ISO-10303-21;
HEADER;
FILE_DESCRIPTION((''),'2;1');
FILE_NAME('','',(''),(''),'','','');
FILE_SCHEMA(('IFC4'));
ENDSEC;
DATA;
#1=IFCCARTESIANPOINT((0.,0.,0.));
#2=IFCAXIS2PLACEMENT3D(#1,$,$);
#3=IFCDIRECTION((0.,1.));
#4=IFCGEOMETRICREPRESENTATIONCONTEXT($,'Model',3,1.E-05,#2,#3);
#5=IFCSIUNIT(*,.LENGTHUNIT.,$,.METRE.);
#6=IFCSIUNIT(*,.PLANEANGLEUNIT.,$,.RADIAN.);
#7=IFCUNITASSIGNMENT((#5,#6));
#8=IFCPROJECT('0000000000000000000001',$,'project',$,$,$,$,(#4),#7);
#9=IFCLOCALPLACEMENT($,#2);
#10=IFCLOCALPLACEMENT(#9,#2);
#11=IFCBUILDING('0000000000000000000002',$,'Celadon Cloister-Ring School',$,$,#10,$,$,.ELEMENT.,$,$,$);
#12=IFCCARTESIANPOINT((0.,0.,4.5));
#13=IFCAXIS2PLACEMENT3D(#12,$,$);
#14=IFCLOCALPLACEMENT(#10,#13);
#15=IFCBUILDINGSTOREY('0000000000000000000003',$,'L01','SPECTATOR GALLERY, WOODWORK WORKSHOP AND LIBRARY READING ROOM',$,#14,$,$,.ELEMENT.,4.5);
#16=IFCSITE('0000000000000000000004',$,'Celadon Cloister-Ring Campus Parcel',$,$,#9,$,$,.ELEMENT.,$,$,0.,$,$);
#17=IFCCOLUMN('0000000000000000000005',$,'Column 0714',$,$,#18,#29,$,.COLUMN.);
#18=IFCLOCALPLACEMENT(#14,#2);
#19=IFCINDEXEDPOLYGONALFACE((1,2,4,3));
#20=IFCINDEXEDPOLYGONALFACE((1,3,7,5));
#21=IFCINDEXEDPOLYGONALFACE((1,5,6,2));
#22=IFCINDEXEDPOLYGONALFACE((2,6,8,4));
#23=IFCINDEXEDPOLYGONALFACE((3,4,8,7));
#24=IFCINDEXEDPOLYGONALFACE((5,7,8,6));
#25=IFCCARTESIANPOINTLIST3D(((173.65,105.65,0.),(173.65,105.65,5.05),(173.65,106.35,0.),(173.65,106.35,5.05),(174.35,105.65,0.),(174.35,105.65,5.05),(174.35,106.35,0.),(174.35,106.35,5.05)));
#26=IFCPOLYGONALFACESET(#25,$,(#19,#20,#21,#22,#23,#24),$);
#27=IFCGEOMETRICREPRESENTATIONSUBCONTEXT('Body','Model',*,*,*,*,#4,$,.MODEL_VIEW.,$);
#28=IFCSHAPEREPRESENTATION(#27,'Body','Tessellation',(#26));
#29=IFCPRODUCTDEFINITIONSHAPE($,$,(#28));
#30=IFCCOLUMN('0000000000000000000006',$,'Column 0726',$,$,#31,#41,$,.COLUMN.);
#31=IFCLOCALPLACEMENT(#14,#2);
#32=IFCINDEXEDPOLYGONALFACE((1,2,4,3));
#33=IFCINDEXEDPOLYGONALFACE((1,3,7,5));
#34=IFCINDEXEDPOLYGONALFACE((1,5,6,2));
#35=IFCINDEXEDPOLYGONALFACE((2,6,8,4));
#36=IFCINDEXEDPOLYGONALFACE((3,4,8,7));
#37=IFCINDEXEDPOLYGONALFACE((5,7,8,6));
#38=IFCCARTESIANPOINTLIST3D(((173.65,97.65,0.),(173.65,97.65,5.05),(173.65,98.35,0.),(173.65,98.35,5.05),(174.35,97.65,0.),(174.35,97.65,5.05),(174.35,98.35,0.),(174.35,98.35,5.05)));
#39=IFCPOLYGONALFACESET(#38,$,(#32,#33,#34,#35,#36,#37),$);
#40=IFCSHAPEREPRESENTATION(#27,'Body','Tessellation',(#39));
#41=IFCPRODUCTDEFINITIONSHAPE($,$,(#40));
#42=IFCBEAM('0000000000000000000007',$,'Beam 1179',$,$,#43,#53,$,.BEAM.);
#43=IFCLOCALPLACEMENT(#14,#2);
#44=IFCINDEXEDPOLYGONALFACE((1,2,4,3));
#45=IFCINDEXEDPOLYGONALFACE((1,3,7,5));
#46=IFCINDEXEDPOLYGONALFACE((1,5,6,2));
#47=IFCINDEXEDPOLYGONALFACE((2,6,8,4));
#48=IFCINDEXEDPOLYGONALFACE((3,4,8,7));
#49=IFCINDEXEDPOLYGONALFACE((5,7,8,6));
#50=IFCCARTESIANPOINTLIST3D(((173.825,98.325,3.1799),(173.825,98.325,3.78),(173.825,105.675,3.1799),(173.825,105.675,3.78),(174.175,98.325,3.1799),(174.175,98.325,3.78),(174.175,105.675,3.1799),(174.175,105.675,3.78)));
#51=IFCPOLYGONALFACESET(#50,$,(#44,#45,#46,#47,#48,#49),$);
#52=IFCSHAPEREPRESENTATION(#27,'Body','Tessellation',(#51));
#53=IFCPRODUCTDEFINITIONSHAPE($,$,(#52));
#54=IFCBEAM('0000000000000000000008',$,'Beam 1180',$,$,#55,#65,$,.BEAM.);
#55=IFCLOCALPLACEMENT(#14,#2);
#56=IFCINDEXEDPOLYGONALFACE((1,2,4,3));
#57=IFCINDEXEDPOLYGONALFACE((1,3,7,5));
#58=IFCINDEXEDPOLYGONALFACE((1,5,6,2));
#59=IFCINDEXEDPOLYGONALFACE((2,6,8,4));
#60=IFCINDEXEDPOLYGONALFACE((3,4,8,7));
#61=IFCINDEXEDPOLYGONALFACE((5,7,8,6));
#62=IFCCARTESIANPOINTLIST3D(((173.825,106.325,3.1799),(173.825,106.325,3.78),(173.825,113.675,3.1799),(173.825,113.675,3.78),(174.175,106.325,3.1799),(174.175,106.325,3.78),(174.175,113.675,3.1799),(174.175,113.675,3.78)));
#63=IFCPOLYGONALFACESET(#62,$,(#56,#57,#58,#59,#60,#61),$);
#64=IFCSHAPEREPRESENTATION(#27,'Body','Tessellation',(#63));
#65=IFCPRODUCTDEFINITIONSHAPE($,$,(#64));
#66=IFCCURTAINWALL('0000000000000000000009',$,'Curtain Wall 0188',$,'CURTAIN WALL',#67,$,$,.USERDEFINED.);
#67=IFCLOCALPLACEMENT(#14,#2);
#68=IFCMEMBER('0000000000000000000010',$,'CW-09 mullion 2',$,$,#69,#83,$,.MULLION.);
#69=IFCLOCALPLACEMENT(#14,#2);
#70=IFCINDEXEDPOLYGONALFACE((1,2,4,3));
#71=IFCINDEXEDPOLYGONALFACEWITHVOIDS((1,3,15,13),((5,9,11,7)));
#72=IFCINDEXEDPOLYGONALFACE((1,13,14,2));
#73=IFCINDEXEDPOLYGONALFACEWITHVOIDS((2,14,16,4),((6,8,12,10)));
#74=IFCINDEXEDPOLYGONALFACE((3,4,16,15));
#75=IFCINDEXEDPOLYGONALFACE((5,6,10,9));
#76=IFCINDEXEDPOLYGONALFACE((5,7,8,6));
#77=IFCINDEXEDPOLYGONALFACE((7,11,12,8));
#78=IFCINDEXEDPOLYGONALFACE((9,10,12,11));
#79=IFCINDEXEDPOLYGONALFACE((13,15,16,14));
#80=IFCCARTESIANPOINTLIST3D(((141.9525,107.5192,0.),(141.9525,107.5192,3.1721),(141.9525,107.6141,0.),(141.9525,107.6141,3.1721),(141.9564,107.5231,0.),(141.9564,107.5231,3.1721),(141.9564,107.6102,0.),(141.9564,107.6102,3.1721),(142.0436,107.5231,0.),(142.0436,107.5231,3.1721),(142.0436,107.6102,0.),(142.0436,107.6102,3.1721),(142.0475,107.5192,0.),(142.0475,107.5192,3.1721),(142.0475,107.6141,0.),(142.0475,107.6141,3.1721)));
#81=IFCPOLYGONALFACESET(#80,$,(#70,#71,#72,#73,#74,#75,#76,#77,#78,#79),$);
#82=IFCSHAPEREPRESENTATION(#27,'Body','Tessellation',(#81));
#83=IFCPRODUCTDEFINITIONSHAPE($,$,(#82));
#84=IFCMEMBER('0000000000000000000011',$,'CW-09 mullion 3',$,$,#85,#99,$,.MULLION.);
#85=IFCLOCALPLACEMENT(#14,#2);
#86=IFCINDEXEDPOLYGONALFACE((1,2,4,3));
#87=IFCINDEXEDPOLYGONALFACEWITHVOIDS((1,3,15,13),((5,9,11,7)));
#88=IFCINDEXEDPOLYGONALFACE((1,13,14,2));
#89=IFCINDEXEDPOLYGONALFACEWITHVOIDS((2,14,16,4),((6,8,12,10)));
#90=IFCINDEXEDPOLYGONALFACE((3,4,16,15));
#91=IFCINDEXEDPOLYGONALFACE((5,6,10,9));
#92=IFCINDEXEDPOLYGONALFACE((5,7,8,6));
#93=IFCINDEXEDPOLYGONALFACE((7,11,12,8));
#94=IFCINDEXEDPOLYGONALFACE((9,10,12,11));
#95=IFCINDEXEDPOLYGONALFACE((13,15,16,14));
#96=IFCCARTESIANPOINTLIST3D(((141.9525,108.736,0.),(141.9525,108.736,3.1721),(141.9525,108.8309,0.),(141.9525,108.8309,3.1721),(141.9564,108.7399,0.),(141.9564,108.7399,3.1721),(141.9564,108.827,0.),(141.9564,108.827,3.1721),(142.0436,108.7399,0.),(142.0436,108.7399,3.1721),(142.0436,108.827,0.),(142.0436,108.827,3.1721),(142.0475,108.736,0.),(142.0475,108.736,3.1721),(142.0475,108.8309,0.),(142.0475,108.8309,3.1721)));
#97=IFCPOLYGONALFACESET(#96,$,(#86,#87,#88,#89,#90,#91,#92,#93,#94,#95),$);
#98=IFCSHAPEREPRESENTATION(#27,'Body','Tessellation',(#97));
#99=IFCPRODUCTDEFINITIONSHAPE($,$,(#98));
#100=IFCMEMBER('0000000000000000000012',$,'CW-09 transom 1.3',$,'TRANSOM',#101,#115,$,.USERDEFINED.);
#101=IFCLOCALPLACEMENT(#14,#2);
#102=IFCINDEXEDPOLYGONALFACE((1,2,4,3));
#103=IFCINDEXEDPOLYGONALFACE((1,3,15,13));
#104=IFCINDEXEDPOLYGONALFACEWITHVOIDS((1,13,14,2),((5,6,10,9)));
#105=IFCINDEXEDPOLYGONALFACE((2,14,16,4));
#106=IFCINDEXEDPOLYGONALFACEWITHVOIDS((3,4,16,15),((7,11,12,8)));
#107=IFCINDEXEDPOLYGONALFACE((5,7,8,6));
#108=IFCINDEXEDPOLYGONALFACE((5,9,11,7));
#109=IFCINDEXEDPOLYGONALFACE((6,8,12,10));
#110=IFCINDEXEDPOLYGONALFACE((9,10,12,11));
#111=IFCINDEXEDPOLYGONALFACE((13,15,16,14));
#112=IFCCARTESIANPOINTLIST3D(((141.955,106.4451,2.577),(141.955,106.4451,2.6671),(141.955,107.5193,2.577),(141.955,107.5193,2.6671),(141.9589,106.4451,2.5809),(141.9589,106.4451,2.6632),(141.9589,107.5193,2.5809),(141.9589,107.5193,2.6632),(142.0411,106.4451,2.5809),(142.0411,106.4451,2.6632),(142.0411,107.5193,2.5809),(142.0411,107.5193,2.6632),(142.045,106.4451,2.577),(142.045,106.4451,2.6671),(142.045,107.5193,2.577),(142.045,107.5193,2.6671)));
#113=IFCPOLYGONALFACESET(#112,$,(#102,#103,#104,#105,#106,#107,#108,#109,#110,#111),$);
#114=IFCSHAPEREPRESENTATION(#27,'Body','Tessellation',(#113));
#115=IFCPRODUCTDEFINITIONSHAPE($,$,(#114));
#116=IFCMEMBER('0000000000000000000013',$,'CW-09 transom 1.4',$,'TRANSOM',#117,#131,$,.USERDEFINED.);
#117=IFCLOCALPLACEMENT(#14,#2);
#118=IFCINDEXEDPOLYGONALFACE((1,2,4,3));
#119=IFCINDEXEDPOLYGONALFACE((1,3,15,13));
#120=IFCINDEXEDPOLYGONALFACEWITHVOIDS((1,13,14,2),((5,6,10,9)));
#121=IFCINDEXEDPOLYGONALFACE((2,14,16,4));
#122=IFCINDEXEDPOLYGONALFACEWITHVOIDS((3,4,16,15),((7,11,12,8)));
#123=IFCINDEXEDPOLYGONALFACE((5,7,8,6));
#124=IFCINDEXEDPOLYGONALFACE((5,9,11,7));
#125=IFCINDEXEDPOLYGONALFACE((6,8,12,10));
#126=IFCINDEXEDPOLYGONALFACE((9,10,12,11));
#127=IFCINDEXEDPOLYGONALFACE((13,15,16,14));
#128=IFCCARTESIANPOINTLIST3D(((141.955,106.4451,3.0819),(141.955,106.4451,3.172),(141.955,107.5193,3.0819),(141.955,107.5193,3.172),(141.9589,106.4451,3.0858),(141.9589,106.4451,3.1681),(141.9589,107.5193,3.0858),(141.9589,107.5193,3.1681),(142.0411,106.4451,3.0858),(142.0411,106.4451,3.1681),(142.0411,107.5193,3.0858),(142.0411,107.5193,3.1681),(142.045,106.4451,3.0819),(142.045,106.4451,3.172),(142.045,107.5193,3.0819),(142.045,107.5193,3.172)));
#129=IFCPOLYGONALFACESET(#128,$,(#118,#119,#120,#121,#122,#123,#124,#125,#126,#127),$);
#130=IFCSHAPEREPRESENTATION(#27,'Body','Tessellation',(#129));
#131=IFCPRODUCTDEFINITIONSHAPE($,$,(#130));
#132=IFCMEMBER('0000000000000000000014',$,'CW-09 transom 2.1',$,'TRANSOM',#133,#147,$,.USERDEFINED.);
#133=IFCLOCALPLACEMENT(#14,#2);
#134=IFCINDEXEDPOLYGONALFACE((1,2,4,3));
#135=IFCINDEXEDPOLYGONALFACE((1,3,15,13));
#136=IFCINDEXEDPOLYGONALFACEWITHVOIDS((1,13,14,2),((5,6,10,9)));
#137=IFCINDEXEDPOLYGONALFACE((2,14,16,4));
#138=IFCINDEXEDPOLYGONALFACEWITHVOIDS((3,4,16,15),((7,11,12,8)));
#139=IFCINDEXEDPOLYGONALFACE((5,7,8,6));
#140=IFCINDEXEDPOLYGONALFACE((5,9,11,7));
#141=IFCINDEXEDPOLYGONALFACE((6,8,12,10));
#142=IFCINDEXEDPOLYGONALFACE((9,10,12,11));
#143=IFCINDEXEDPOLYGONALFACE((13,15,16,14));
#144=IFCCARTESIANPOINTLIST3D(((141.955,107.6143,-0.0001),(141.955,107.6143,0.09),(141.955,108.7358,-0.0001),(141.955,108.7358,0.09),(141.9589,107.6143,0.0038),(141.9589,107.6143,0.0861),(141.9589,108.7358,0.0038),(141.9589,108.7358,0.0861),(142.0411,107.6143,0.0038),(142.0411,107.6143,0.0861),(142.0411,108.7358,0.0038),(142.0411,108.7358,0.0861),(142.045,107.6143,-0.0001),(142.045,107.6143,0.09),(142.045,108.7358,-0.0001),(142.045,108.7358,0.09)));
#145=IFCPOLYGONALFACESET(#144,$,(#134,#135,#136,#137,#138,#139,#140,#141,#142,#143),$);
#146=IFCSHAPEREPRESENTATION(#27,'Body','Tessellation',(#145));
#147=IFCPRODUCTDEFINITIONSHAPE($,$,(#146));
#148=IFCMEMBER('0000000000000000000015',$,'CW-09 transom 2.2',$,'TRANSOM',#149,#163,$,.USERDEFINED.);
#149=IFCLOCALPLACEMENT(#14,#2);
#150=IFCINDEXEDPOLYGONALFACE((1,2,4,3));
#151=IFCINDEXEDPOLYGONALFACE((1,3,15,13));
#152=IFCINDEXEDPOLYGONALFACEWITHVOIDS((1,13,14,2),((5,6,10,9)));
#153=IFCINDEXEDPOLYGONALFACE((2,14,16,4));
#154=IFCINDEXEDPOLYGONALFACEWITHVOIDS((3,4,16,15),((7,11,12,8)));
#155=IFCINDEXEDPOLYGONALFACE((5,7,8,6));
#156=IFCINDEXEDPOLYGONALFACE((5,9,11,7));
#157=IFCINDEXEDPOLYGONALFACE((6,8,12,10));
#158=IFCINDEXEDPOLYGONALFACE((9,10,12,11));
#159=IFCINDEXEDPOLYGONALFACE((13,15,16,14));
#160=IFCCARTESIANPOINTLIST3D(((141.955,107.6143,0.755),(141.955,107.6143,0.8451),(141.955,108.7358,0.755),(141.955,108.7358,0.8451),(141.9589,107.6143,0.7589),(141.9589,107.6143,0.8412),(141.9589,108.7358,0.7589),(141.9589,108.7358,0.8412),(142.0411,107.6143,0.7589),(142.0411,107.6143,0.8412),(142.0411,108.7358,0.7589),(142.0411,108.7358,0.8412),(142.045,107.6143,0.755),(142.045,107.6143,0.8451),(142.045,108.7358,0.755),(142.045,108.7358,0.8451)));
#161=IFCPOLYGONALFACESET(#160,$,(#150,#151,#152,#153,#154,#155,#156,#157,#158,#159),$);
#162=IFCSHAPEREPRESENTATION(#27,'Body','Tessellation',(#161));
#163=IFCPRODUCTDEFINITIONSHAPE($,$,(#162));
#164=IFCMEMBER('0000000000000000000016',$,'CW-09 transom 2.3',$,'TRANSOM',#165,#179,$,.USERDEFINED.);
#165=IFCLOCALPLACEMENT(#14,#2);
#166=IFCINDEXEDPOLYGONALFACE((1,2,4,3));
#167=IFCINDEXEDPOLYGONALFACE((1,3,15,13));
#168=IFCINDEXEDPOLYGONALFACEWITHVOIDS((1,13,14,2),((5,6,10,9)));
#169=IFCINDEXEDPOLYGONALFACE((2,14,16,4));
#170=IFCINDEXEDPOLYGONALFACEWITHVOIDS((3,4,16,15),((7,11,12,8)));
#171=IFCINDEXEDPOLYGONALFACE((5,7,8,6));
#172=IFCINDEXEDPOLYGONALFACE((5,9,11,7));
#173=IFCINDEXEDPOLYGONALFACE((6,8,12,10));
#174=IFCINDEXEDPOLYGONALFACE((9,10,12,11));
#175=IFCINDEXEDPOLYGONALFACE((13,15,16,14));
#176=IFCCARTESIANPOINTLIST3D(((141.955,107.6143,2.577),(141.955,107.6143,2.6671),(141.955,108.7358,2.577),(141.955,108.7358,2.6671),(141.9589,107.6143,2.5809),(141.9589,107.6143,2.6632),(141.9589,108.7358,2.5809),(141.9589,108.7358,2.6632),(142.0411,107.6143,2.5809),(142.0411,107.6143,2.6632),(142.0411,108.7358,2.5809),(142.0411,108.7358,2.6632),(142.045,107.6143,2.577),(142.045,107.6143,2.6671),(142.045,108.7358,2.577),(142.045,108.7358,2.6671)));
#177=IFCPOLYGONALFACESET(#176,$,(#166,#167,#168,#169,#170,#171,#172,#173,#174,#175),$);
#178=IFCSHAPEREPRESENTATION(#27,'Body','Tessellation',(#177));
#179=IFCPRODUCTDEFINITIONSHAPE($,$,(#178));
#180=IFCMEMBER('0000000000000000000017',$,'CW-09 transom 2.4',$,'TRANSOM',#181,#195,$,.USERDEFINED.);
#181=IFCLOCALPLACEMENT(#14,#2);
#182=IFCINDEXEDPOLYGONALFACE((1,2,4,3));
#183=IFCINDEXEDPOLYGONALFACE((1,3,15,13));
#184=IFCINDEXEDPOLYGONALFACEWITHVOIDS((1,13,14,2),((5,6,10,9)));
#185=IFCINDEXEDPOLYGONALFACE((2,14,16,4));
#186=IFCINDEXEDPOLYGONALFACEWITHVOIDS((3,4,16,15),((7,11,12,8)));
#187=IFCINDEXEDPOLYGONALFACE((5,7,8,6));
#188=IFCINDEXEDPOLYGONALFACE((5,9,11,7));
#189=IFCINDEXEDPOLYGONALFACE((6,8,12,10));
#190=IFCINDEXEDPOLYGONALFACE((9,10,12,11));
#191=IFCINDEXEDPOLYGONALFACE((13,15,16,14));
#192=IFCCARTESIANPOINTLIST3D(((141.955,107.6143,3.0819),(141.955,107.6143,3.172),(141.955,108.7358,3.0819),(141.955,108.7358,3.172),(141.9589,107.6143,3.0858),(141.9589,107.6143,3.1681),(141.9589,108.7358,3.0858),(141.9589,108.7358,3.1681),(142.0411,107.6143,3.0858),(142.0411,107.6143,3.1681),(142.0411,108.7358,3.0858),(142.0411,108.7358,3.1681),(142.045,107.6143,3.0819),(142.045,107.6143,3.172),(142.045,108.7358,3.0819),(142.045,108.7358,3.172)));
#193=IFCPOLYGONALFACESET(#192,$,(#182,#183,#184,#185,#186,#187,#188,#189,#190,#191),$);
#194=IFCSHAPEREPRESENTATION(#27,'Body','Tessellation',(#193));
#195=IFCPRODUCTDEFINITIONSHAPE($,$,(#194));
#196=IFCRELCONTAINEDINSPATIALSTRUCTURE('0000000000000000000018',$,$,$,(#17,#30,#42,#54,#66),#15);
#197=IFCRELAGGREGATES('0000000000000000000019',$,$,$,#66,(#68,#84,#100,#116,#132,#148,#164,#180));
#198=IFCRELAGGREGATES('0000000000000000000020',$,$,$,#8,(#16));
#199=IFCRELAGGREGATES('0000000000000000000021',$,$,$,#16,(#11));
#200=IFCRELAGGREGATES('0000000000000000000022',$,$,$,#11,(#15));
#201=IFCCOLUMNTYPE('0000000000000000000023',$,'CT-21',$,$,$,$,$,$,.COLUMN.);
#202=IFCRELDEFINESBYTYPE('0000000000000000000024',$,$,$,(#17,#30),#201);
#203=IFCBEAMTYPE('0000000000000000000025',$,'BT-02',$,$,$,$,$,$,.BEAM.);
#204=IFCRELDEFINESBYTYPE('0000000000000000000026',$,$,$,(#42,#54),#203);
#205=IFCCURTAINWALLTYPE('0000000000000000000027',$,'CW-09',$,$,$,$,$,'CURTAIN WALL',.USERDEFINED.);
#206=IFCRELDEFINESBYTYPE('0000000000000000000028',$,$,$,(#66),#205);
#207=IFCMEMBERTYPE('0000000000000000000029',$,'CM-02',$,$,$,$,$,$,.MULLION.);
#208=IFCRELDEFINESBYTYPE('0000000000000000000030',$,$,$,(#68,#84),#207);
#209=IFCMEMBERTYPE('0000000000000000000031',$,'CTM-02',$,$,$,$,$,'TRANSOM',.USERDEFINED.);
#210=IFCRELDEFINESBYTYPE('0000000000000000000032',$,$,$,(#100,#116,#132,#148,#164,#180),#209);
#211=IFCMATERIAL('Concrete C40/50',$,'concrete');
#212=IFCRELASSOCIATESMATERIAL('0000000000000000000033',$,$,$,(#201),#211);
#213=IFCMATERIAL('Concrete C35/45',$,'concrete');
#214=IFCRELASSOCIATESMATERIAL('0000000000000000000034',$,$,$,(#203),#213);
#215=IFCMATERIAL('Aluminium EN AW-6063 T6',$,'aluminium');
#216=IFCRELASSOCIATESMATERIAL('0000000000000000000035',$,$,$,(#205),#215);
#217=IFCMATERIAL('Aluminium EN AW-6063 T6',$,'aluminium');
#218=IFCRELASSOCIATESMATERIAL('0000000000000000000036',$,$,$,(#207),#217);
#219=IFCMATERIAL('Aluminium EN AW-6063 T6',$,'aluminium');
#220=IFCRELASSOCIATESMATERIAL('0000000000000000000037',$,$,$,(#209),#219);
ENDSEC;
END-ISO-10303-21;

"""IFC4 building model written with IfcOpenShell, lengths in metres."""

from ifc_helpers import new_model, si_unit, direction, frame, origin, origin_2d, place, context, subcontext, project, spatial, rectangle, hollow_rectangle, extrude, material, material_profile, profile_set, type_object, element, aggregate, save


model = new_model("IFC4")

# Units and contexts
model_context = context("Model", 3, precision=1e-05, world=origin(), true_north=direction((0.0, 1.0)))
body_context = subcontext(model_context, "Body", "Model", "MODEL_VIEW")
ifc_project = project(units=[si_unit("LENGTHUNIT", "METRE"), si_unit("PLANEANGLEUNIT", "RADIAN")], contexts=[model_context])

# Site, building, storey
site_placement = place(None, origin())
site = spatial("IfcSite", under=ifc_project, at=site_placement, Name="Celadon Cloister-Ring Campus Parcel", CompositionType="ELEMENT", RefElevation=0.0)
building_placement = place(site_placement, origin())
building = spatial("IfcBuilding", under=site, at=building_placement, Name="Celadon Cloister-Ring School", CompositionType="ELEMENT")
storey_placement = place(building_placement, frame((0.0, 0.0, 4.5)))
storey = spatial("IfcBuildingStorey", under=building, at=storey_placement, Name="L01", Description="SPECTATOR GALLERY, WOODWORK WORKSHOP AND LIBRARY READING ROOM", CompositionType="ELEMENT", Elevation=4.5)

# Columns
ifc_material_1 = material(Name="Concrete C40/50", Category="concrete")
ifc_material_profile_1 = material_profile(ifc_material_1, rectangle(XDim=0.7, YDim=0.7, at=origin_2d()), Name="RC700X700")
ifc_profile_set_1 = profile_set([ifc_material_profile_1], Name="Concrete C40/50")
column_type = type_object("IfcColumnType", Name="CT-21", PredefinedType="COLUMN", material=ifc_profile_set_1)
for number, where, z_axis, x_axis, name in (
    (1, (174.0, 106.0, 0.0), (0.0, 0.0, 1.0), (1.0, 0.0, 0.0), "Column 0714"),
    (2, (174.0, 98.0, 0.0), (0.0, 0.0, 1.0), (1.0, 0.0, 0.0), "Column 0726"),
):
    element("IfcColumn", number, at=place(storey_placement, frame(where, z_axis=z_axis, x_axis=x_axis)), inside=storey, type_object=column_type, Name=name, PredefinedType="COLUMN", context=body_context, shape_type="SweptSolid", body=[
        extrude(rectangle(XDim=0.7, YDim=0.7, at=origin_2d()), origin(), (0.0, 0.0, 1.0), 5.05),
    ])

# Beams
ifc_material_2 = material(Name="Concrete C35/45", Category="concrete")
ifc_material_profile_2 = material_profile(ifc_material_2, rectangle(XDim=0.3501, YDim=0.6001, at=origin_2d()), Name="RC350X600")
ifc_profile_set_2 = profile_set([ifc_material_profile_2], Name="Concrete C35/45")
beam_type = type_object("IfcBeamType", Name="BT-02", PredefinedType="BEAM", material=ifc_profile_set_2)
for number, where, z_axis, x_axis, name in (
    (3, (174.0, 98.325, 3.48), (0.0, 1.0, 0.0), (-1.0, 0.0, 0.0), "Beam 1179"),
    (4, (174.0, 106.325, 3.48), (0.0, 1.0, 0.0), (-1.0, 0.0, 0.0), "Beam 1180"),
):
    element("IfcBeam", number, at=place(storey_placement, frame(where, z_axis=z_axis, x_axis=x_axis)), inside=storey, type_object=beam_type, Name=name, PredefinedType="BEAM", context=body_context, shape_type="SweptSolid", body=[
        extrude(rectangle(XDim=0.3501, YDim=0.6001, at=origin_2d()), origin(), (0.0, 0.0, 1.0), 7.3501),
    ])

# Curtain wall, members
ifc_material_3 = material(Name="Aluminium EN AW-6063 T6", Category="aluminium")
curtain_wall_type = type_object("IfcCurtainWallType", Name="CW-09", ElementType="CURTAIN WALL", PredefinedType="USERDEFINED", material=ifc_material_3)
curtain_wall_placement = place(storey_placement, origin())
curtain_wall = element("IfcCurtainWall", 5, at=curtain_wall_placement, inside=storey, type_object=curtain_wall_type, Name="Curtain Wall 0188", ObjectType="CURTAIN WALL", PredefinedType="USERDEFINED")
ifc_material_4 = material(Name="Aluminium EN AW-6063 T6", Category="aluminium")
ifc_material_profile_3 = material_profile(ifc_material_4, hollow_rectangle(XDim=0.095, YDim=0.095, WallThickness=0.0039, at=origin_2d()), Name="RHS95X95X4")
ifc_profile_set_3 = profile_set([ifc_material_profile_3], Name="Aluminium EN AW-6063 T6")
member_type_1 = type_object("IfcMemberType", Name="CM-02", PredefinedType="MULLION", material=ifc_profile_set_3)
member_1_placement = place(storey_placement, frame((142.0, 107.5667, 0.0), z_axis=(0.0, 0.0, 1.0), x_axis=(-1.0, 0.0, 0.0)))
member_1 = element("IfcMember", 6, at=member_1_placement, type_object=member_type_1, Name="CW-09 mullion 2", PredefinedType="MULLION", context=body_context, shape_type="SweptSolid", body=[
    extrude(hollow_rectangle(XDim=0.095, YDim=0.095, WallThickness=0.0039, at=origin_2d()), origin(), (0.0, 0.0, 1.0), 3.1721),
])
member_2_placement = place(storey_placement, frame((142.0, 108.7834, 0.0), z_axis=(0.0, 0.0, 1.0), x_axis=(-1.0, 0.0, 0.0)))
member_2 = element("IfcMember", 7, at=member_2_placement, type_object=member_type_1, Name="CW-09 mullion 3", PredefinedType="MULLION", context=body_context, shape_type="SweptSolid", body=[
    extrude(hollow_rectangle(XDim=0.095, YDim=0.095, WallThickness=0.0039, at=origin_2d()), origin(), (0.0, 0.0, 1.0), 3.1721),
])
ifc_material_5 = material(Name="Aluminium EN AW-6063 T6", Category="aluminium")
ifc_material_profile_4 = material_profile(ifc_material_5, hollow_rectangle(XDim=0.0901, YDim=0.0901, WallThickness=0.0039, at=origin_2d()), Name="RHS90X90X4")
ifc_profile_set_4 = profile_set([ifc_material_profile_4], Name="Aluminium EN AW-6063 T6")
member_type_2 = type_object("IfcMemberType", Name="CTM-02", ElementType="TRANSOM", PredefinedType="USERDEFINED", material=ifc_profile_set_4)
member_3_placement = place(storey_placement, frame((142.0, 106.4451, 2.6221), z_axis=(0.0, 1.0, 0.0), x_axis=(-1.0, 0.0, 0.0)))
member_3 = element("IfcMember", 8, at=member_3_placement, type_object=member_type_2, Name="CW-09 transom 1.3", ObjectType="TRANSOM", PredefinedType="USERDEFINED", context=body_context, shape_type="SweptSolid", body=[
    extrude(hollow_rectangle(XDim=0.0901, YDim=0.0901, WallThickness=0.0039, at=origin_2d()), origin(), (0.0, 0.0, 1.0), 1.0742),
])
member_4_placement = place(storey_placement, frame((142.0, 106.4451, 3.127), z_axis=(0.0, 1.0, 0.0), x_axis=(-1.0, 0.0, 0.0)))
member_4 = element("IfcMember", 9, at=member_4_placement, type_object=member_type_2, Name="CW-09 transom 1.4", ObjectType="TRANSOM", PredefinedType="USERDEFINED", context=body_context, shape_type="SweptSolid", body=[
    extrude(hollow_rectangle(XDim=0.0901, YDim=0.0901, WallThickness=0.0039, at=origin_2d()), origin(), (0.0, 0.0, 1.0), 1.0742),
])
member_5_placement = place(storey_placement, frame((142.0, 107.6143, 0.0449), z_axis=(0.0, 1.0, 0.0), x_axis=(-1.0, 0.0, 0.0)))
member_5 = element("IfcMember", 10, at=member_5_placement, type_object=member_type_2, Name="CW-09 transom 2.1", ObjectType="TRANSOM", PredefinedType="USERDEFINED", context=body_context, shape_type="SweptSolid", body=[
    extrude(hollow_rectangle(XDim=0.0901, YDim=0.0901, WallThickness=0.0039, at=origin_2d()), origin(), (0.0, 0.0, 1.0), 1.1216),
])
member_6_placement = place(storey_placement, frame((142.0, 107.6143, 0.8), z_axis=(0.0, 1.0, 0.0), x_axis=(-1.0, 0.0, 0.0)))
member_6 = element("IfcMember", 11, at=member_6_placement, type_object=member_type_2, Name="CW-09 transom 2.2", ObjectType="TRANSOM", PredefinedType="USERDEFINED", context=body_context, shape_type="SweptSolid", body=[
    extrude(hollow_rectangle(XDim=0.0901, YDim=0.0901, WallThickness=0.0039, at=origin_2d()), origin(), (0.0, 0.0, 1.0), 1.1216),
])
member_7_placement = place(storey_placement, frame((142.0, 107.6143, 2.6221), z_axis=(0.0, 1.0, 0.0), x_axis=(-1.0, 0.0, 0.0)))
member_7 = element("IfcMember", 12, at=member_7_placement, type_object=member_type_2, Name="CW-09 transom 2.3", ObjectType="TRANSOM", PredefinedType="USERDEFINED", context=body_context, shape_type="SweptSolid", body=[
    extrude(hollow_rectangle(XDim=0.0901, YDim=0.0901, WallThickness=0.0039, at=origin_2d()), origin(), (0.0, 0.0, 1.0), 1.1216),
])
member_8_placement = place(storey_placement, frame((142.0, 107.6143, 3.127), z_axis=(0.0, 1.0, 0.0), x_axis=(-1.0, 0.0, 0.0)))
member_8 = element("IfcMember", 13, at=member_8_placement, type_object=member_type_2, Name="CW-09 transom 2.4", ObjectType="TRANSOM", PredefinedType="USERDEFINED", context=body_context, shape_type="SweptSolid", body=[
    extrude(hollow_rectangle(XDim=0.0901, YDim=0.0901, WallThickness=0.0039, at=origin_2d()), origin(), (0.0, 0.0, 1.0), 1.1216),
])
aggregate(curtain_wall, [member_1, member_2, member_3, member_4, member_5, member_6, member_7, member_8])

save(model, "model.ifc")
